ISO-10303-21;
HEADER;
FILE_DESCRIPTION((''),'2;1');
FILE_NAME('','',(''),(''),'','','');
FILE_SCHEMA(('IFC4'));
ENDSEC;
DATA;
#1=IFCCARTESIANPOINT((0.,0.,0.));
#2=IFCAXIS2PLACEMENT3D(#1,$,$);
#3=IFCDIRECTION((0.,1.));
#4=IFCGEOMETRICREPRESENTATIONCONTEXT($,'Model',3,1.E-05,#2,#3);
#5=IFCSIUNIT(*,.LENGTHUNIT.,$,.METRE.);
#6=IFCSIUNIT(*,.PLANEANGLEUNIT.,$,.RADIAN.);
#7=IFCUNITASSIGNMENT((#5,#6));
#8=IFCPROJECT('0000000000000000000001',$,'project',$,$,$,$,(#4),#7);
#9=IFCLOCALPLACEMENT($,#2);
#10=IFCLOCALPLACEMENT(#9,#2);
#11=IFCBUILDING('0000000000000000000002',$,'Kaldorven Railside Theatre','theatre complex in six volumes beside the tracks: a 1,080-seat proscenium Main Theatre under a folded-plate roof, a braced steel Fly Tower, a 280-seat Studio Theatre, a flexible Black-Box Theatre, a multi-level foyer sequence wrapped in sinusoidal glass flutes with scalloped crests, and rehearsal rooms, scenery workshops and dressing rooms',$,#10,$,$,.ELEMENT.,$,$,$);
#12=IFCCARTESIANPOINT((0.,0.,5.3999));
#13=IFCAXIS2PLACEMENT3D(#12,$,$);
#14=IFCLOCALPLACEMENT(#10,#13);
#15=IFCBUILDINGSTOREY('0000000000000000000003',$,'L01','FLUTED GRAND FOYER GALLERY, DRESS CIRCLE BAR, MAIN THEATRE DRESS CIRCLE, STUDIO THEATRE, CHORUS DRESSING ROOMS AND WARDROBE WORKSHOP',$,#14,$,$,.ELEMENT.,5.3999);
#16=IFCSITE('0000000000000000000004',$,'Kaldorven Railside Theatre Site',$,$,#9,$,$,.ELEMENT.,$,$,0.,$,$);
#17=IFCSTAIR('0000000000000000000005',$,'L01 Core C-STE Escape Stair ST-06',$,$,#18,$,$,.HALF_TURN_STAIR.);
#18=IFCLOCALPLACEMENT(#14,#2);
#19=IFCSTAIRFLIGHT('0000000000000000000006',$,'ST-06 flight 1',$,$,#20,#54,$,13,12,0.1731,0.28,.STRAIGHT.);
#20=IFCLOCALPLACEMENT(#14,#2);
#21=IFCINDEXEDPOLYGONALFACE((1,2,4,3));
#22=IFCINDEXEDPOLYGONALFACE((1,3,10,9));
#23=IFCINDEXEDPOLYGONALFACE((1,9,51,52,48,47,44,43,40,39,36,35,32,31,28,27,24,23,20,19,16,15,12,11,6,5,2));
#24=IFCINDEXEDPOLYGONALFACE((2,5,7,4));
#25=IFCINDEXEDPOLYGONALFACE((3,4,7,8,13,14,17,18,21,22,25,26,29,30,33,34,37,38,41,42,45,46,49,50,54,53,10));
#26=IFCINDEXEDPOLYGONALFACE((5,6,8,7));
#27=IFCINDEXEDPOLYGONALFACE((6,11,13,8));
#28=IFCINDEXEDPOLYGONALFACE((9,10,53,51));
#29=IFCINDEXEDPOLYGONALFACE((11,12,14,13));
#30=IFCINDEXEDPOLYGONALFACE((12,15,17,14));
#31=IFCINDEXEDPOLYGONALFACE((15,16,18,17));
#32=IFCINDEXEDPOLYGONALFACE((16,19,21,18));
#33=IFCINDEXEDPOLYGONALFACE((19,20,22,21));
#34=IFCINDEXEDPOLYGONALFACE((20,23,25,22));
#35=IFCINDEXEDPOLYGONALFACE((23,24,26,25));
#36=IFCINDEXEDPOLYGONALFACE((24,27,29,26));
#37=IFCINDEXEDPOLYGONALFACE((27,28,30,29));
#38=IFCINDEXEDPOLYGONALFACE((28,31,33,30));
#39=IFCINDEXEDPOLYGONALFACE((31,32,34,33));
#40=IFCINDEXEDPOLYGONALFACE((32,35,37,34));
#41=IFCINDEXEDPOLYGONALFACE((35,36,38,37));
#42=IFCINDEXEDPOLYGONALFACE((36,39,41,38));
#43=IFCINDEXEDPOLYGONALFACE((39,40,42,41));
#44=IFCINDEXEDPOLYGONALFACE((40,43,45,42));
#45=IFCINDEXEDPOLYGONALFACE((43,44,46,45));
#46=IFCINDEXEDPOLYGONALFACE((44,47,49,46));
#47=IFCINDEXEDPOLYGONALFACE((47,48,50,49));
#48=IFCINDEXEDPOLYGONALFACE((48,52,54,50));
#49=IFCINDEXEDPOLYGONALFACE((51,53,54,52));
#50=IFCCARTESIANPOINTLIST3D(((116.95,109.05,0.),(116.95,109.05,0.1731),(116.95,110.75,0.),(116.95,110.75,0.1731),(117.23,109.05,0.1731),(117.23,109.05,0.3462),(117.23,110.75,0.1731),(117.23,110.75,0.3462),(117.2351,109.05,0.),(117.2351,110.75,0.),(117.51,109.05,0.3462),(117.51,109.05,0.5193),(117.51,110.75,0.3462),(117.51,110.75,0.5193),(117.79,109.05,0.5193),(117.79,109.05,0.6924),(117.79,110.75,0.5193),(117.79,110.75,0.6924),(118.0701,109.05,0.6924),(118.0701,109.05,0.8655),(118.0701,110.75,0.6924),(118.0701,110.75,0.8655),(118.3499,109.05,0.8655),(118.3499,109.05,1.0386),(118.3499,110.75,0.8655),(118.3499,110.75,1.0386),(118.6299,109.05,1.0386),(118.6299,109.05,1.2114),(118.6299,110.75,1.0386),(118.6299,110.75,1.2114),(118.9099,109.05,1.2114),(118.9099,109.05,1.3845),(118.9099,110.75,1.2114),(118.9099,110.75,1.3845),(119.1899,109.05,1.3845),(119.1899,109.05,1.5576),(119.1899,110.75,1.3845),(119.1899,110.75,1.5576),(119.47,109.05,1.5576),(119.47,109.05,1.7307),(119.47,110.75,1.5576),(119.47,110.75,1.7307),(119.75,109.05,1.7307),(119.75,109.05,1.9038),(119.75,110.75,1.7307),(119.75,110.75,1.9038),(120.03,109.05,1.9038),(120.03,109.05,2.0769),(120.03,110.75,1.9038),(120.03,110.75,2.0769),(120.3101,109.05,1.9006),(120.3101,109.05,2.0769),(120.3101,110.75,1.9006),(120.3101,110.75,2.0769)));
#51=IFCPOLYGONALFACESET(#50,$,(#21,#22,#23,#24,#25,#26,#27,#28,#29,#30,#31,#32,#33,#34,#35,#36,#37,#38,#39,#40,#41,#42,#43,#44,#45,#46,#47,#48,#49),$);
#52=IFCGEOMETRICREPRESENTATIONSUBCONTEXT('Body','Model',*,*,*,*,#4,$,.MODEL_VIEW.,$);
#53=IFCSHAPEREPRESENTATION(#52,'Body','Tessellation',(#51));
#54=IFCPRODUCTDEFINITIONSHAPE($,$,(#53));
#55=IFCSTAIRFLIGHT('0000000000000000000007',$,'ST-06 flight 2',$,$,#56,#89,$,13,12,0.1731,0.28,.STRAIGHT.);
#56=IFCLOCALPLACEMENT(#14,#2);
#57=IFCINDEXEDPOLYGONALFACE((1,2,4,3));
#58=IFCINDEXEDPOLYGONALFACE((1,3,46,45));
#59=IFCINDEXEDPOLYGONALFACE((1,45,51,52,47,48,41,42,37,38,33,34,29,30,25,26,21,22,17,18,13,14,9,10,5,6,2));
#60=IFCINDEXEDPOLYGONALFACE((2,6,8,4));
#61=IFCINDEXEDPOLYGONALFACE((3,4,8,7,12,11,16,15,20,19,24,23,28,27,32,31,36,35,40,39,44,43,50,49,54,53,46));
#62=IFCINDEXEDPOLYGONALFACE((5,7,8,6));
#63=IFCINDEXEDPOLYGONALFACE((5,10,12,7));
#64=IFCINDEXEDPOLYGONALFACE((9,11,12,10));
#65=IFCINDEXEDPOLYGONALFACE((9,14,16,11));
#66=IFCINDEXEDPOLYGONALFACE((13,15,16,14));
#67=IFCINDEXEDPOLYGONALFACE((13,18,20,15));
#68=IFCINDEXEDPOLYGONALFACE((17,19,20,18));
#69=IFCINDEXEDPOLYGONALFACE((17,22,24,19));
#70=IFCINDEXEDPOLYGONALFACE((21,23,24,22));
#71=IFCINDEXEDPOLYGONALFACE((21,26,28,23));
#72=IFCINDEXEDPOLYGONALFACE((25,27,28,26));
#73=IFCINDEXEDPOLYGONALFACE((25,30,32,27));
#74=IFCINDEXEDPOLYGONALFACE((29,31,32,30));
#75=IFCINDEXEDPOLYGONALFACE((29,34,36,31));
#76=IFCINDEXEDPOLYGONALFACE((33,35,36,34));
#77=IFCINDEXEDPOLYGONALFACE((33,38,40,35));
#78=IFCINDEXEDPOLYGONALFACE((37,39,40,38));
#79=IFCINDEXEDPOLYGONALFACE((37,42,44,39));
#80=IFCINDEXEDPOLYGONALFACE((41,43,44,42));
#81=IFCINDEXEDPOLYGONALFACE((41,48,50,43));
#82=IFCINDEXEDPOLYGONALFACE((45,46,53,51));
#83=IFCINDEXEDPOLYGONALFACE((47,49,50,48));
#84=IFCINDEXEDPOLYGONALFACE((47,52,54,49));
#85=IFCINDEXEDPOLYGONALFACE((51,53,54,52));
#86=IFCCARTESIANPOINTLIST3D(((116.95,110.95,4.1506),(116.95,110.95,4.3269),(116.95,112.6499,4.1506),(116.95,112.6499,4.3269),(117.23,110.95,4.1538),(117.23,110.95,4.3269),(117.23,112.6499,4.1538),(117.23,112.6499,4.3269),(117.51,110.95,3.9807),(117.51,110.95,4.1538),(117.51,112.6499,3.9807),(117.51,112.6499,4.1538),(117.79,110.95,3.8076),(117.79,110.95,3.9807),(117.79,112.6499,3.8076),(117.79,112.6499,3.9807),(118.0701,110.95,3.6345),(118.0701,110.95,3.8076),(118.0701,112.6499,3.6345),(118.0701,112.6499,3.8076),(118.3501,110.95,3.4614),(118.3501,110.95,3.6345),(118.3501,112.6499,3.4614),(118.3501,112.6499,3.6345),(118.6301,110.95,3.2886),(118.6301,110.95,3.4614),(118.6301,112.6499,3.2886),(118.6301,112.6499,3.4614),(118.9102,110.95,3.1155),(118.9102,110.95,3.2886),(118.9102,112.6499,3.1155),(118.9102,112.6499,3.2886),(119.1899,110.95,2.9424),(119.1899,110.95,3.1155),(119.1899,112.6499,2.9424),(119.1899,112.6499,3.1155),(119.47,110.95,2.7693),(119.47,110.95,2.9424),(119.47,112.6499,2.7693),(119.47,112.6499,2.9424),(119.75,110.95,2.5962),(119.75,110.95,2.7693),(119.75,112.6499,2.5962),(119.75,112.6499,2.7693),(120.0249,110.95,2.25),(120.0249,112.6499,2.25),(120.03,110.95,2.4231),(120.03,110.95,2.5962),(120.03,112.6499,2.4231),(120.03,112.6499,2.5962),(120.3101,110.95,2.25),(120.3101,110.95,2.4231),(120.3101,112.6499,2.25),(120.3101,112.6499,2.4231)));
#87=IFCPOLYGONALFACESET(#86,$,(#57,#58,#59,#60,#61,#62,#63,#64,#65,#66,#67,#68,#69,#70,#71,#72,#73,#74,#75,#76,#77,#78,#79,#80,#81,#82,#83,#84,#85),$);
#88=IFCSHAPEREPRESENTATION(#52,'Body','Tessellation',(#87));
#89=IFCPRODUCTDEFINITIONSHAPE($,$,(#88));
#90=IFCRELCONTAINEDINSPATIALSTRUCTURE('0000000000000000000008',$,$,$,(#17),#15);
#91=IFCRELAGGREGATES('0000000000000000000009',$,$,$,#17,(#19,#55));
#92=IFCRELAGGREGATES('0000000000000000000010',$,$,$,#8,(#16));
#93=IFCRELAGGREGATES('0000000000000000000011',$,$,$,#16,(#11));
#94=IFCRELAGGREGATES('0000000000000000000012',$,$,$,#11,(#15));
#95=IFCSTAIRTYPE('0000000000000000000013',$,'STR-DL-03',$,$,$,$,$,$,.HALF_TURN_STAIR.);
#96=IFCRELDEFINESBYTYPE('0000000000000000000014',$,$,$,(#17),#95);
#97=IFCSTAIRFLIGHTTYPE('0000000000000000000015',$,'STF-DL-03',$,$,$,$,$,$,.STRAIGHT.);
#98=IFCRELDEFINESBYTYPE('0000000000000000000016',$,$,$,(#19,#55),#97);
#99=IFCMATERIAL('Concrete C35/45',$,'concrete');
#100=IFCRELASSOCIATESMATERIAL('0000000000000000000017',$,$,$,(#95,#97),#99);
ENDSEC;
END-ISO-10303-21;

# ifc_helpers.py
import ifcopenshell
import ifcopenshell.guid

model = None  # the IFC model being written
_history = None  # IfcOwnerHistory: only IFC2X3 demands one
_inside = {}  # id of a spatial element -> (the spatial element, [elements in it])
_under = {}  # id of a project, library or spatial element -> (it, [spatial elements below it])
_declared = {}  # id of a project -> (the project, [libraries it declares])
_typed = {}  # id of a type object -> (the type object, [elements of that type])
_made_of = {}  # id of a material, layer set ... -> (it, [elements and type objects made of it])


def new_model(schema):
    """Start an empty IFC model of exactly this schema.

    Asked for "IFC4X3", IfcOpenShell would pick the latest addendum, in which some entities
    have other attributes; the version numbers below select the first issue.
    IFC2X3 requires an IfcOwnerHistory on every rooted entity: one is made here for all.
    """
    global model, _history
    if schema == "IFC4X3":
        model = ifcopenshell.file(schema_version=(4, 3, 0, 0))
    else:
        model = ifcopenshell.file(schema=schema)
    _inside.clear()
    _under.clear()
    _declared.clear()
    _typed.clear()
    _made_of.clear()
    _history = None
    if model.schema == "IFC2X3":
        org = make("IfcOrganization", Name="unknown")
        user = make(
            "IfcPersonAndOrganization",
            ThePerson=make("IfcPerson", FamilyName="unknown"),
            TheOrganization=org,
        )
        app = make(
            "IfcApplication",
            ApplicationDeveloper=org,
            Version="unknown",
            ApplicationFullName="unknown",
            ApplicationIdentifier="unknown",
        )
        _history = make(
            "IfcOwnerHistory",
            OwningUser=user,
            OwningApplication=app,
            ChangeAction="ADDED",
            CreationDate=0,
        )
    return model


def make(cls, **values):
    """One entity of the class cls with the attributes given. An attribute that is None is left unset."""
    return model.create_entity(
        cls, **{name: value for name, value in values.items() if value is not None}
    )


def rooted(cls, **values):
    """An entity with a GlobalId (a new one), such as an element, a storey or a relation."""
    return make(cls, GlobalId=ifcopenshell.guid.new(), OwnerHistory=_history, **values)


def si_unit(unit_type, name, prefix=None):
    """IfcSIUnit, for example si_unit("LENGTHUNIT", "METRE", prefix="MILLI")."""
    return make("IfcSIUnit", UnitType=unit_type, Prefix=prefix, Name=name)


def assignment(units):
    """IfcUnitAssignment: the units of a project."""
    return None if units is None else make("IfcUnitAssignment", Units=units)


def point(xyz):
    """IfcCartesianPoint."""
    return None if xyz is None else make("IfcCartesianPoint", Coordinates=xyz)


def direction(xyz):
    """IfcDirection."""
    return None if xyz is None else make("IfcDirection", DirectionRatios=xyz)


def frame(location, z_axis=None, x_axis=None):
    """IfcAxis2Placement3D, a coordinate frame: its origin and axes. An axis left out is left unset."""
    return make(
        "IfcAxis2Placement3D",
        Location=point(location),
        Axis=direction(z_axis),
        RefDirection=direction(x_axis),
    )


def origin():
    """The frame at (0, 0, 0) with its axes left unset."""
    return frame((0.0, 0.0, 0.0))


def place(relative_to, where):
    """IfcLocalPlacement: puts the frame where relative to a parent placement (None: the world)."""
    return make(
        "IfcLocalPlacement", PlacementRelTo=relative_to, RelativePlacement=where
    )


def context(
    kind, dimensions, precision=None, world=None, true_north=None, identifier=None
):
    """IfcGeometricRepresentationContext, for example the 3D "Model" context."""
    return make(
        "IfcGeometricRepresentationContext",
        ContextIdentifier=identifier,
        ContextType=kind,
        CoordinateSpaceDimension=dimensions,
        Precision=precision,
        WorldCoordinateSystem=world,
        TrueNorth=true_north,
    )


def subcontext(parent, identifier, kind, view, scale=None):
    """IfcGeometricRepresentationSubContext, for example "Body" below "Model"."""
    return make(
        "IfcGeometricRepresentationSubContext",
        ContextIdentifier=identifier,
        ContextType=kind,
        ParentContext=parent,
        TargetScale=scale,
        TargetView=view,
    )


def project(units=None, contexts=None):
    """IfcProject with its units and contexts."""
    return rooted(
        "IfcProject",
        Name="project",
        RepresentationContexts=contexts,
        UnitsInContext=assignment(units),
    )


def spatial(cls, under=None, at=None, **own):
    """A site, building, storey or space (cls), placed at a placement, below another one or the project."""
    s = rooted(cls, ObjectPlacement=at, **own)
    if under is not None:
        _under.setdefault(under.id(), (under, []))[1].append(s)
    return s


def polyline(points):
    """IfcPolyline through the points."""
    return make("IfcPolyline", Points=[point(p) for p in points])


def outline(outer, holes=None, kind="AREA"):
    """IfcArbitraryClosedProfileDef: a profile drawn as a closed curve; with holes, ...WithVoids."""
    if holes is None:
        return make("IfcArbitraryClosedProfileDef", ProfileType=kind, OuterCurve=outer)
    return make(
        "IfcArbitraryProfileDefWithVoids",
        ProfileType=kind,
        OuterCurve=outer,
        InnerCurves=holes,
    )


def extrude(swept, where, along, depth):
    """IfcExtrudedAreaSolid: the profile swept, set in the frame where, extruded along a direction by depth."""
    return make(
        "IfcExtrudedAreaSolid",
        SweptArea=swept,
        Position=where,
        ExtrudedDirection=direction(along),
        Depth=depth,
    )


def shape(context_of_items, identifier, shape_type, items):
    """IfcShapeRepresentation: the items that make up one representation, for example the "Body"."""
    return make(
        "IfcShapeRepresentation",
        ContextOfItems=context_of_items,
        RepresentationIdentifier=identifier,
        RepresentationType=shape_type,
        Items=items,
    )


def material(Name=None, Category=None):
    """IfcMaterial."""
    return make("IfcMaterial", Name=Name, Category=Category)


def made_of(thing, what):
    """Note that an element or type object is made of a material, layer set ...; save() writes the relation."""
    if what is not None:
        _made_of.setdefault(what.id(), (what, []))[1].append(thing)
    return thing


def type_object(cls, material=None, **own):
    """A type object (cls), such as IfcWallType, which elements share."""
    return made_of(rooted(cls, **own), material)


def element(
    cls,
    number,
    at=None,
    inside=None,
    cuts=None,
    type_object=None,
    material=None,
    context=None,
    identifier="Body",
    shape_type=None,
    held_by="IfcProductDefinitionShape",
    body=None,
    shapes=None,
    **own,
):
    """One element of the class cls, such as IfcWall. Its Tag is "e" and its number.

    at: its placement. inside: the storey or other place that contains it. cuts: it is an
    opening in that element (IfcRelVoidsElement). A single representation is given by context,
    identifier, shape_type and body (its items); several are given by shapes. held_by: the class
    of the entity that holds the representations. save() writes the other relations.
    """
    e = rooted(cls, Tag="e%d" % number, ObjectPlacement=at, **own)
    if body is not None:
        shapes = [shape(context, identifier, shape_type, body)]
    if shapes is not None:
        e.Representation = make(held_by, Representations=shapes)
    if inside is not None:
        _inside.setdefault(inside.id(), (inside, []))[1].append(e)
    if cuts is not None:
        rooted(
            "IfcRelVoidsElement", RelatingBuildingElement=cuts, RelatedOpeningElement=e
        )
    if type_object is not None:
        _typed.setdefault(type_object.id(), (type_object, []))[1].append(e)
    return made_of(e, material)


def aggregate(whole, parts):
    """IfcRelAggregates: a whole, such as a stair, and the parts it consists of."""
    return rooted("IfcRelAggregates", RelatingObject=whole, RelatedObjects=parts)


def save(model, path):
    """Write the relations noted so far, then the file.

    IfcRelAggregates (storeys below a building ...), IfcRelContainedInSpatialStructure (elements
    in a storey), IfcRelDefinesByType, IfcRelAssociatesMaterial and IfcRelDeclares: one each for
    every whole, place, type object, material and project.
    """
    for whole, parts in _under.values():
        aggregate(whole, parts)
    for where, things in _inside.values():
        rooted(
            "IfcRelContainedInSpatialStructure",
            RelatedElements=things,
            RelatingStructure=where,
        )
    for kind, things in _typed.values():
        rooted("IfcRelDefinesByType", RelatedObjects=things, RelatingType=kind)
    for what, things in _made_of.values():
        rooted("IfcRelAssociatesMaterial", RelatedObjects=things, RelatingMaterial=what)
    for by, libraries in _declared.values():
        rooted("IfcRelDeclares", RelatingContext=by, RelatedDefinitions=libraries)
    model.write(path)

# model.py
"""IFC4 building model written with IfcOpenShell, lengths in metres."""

from ifc_helpers import new_model, si_unit, direction, frame, origin, place, context, subcontext, project, spatial, polyline, outline, extrude, material, type_object, element, aggregate, save


model = new_model("IFC4")

# Units and contexts
model_context = context("Model", 3, precision=1e-05, world=origin(), true_north=direction((0.0, 1.0)))
body_context = subcontext(model_context, "Body", "Model", "MODEL_VIEW")
ifc_project = project(units=[si_unit("LENGTHUNIT", "METRE"), si_unit("PLANEANGLEUNIT", "RADIAN")], contexts=[model_context])

# Site, building, storey
site_placement = place(None, origin())
site = spatial("IfcSite", under=ifc_project, at=site_placement, Name="Kaldorven Railside Theatre Site", CompositionType="ELEMENT", RefElevation=0.0)
building_placement = place(site_placement, origin())
building = spatial("IfcBuilding", under=site, at=building_placement, Name="Kaldorven Railside Theatre", Description="theatre complex in six volumes beside the tracks: a 1,080-seat proscenium Main Theatre under a folded-plate roof, a braced steel Fly Tower, a 280-seat Studio Theatre, a flexible Black-Box Theatre, a multi-level foyer sequence wrapped in sinusoidal glass flutes with scalloped crests, and rehearsal rooms, scenery workshops and dressing rooms", CompositionType="ELEMENT")
storey_placement = place(building_placement, frame((0.0, 0.0, 5.3999)))
storey = spatial("IfcBuildingStorey", under=building, at=storey_placement, Name="L01", Description="FLUTED GRAND FOYER GALLERY, DRESS CIRCLE BAR, MAIN THEATRE DRESS CIRCLE, STUDIO THEATRE, CHORUS DRESSING ROOMS AND WARDROBE WORKSHOP", CompositionType="ELEMENT", Elevation=5.3999)

# Shared definitions
ifc_material_1 = material(Name="Concrete C35/45", Category="concrete")

# Stair, stair flights
stair_type = type_object("IfcStairType", Name="STR-DL-03", PredefinedType="HALF_TURN_STAIR", material=ifc_material_1)
stair_placement = place(storey_placement, origin())
stair = element("IfcStair", 1, at=stair_placement, inside=storey, type_object=stair_type, Name="L01 Core C-STE Escape Stair ST-06", PredefinedType="HALF_TURN_STAIR")
stair_flight_type = type_object("IfcStairFlightType", Name="STF-DL-03", PredefinedType="STRAIGHT", material=ifc_material_1)
stair_flight_1_placement = place(storey_placement, frame((116.95, 109.8999, 0.0), z_axis=(0.0, 0.0, 1.0), x_axis=(1.0, 0.0, 0.0)))
stair_flight_1 = element("IfcStairFlight", 2, at=stair_flight_1_placement, type_object=stair_flight_type, Name="ST-06 flight 1", NumberOfRisers=13, NumberOfTreads=12, PredefinedType="STRAIGHT", RiserHeight=0.1731, TreadLength=0.28, context=body_context, shape_type="SweptSolid", body=[
    extrude(outline(polyline([(0.0, 0.0), (0.0, 0.1731), (0.28, 0.1731), (0.28, 0.3462), (0.5601, 0.3462), (0.5601, 0.5193), (0.8401, 0.5193), (0.8401, 0.6924), (1.1201, 0.6924), (1.1201, 0.8655), (1.3999, 0.8655), (1.3999, 1.0386), (1.6799, 1.0386), (1.6799, 1.2114), (1.96, 1.2114), (1.96, 1.3845), (2.24, 1.3845), (2.24, 1.5576), (2.52, 1.5576), (2.52, 1.7307), (2.8, 1.7307), (2.8, 1.9038), (3.0801, 1.9038), (3.0801, 2.0769), (3.3601, 2.0769), (3.3601, 2.25), (3.3601, 1.9006), (0.2852, 0.0), (0.0, 0.0)])), frame((0.0, 0.8501, 0.0), z_axis=(0.0, -1.0, 0.0), x_axis=(1.0, 0.0, 0.0)), (0.0, 0.0, 1.0), 1.7),
])
stair_flight_2_placement = place(storey_placement, frame((120.3101, 111.8, 2.25), z_axis=(0.0, 0.0, 1.0), x_axis=(-1.0, 0.0, 0.0)))
stair_flight_2 = element("IfcStairFlight", 3, at=stair_flight_2_placement, type_object=stair_flight_type, Name="ST-06 flight 2", NumberOfRisers=13, NumberOfTreads=12, PredefinedType="STRAIGHT", RiserHeight=0.1731, TreadLength=0.28, context=body_context, shape_type="SweptSolid", body=[
    extrude(outline(polyline([(0.0, 0.0), (0.0, 0.1731), (0.28, 0.1731), (0.28, 0.3462), (0.5601, 0.3462), (0.5601, 0.5193), (0.8401, 0.5193), (0.8401, 0.6924), (1.1201, 0.6924), (1.1201, 0.8655), (1.3999, 0.8655), (1.3999, 1.0386), (1.6799, 1.0386), (1.6799, 1.2114), (1.96, 1.2114), (1.96, 1.3845), (2.24, 1.3845), (2.24, 1.5576), (2.52, 1.5576), (2.52, 1.7307), (2.8, 1.7307), (2.8, 1.9038), (3.0801, 1.9038), (3.0801, 2.0769), (3.3601, 2.0769), (3.3601, 2.25), (3.3601, 1.9006), (0.2852, 0.0), (0.0, 0.0)])), frame((0.0, 0.8501, 0.0), z_axis=(0.0, -1.0, 0.0), x_axis=(1.0, 0.0, 0.0)), (0.0, 0.0, 1.0), 1.7),
])
aggregate(stair, [stair_flight_1, stair_flight_2])

save(model, "model.ifc")
